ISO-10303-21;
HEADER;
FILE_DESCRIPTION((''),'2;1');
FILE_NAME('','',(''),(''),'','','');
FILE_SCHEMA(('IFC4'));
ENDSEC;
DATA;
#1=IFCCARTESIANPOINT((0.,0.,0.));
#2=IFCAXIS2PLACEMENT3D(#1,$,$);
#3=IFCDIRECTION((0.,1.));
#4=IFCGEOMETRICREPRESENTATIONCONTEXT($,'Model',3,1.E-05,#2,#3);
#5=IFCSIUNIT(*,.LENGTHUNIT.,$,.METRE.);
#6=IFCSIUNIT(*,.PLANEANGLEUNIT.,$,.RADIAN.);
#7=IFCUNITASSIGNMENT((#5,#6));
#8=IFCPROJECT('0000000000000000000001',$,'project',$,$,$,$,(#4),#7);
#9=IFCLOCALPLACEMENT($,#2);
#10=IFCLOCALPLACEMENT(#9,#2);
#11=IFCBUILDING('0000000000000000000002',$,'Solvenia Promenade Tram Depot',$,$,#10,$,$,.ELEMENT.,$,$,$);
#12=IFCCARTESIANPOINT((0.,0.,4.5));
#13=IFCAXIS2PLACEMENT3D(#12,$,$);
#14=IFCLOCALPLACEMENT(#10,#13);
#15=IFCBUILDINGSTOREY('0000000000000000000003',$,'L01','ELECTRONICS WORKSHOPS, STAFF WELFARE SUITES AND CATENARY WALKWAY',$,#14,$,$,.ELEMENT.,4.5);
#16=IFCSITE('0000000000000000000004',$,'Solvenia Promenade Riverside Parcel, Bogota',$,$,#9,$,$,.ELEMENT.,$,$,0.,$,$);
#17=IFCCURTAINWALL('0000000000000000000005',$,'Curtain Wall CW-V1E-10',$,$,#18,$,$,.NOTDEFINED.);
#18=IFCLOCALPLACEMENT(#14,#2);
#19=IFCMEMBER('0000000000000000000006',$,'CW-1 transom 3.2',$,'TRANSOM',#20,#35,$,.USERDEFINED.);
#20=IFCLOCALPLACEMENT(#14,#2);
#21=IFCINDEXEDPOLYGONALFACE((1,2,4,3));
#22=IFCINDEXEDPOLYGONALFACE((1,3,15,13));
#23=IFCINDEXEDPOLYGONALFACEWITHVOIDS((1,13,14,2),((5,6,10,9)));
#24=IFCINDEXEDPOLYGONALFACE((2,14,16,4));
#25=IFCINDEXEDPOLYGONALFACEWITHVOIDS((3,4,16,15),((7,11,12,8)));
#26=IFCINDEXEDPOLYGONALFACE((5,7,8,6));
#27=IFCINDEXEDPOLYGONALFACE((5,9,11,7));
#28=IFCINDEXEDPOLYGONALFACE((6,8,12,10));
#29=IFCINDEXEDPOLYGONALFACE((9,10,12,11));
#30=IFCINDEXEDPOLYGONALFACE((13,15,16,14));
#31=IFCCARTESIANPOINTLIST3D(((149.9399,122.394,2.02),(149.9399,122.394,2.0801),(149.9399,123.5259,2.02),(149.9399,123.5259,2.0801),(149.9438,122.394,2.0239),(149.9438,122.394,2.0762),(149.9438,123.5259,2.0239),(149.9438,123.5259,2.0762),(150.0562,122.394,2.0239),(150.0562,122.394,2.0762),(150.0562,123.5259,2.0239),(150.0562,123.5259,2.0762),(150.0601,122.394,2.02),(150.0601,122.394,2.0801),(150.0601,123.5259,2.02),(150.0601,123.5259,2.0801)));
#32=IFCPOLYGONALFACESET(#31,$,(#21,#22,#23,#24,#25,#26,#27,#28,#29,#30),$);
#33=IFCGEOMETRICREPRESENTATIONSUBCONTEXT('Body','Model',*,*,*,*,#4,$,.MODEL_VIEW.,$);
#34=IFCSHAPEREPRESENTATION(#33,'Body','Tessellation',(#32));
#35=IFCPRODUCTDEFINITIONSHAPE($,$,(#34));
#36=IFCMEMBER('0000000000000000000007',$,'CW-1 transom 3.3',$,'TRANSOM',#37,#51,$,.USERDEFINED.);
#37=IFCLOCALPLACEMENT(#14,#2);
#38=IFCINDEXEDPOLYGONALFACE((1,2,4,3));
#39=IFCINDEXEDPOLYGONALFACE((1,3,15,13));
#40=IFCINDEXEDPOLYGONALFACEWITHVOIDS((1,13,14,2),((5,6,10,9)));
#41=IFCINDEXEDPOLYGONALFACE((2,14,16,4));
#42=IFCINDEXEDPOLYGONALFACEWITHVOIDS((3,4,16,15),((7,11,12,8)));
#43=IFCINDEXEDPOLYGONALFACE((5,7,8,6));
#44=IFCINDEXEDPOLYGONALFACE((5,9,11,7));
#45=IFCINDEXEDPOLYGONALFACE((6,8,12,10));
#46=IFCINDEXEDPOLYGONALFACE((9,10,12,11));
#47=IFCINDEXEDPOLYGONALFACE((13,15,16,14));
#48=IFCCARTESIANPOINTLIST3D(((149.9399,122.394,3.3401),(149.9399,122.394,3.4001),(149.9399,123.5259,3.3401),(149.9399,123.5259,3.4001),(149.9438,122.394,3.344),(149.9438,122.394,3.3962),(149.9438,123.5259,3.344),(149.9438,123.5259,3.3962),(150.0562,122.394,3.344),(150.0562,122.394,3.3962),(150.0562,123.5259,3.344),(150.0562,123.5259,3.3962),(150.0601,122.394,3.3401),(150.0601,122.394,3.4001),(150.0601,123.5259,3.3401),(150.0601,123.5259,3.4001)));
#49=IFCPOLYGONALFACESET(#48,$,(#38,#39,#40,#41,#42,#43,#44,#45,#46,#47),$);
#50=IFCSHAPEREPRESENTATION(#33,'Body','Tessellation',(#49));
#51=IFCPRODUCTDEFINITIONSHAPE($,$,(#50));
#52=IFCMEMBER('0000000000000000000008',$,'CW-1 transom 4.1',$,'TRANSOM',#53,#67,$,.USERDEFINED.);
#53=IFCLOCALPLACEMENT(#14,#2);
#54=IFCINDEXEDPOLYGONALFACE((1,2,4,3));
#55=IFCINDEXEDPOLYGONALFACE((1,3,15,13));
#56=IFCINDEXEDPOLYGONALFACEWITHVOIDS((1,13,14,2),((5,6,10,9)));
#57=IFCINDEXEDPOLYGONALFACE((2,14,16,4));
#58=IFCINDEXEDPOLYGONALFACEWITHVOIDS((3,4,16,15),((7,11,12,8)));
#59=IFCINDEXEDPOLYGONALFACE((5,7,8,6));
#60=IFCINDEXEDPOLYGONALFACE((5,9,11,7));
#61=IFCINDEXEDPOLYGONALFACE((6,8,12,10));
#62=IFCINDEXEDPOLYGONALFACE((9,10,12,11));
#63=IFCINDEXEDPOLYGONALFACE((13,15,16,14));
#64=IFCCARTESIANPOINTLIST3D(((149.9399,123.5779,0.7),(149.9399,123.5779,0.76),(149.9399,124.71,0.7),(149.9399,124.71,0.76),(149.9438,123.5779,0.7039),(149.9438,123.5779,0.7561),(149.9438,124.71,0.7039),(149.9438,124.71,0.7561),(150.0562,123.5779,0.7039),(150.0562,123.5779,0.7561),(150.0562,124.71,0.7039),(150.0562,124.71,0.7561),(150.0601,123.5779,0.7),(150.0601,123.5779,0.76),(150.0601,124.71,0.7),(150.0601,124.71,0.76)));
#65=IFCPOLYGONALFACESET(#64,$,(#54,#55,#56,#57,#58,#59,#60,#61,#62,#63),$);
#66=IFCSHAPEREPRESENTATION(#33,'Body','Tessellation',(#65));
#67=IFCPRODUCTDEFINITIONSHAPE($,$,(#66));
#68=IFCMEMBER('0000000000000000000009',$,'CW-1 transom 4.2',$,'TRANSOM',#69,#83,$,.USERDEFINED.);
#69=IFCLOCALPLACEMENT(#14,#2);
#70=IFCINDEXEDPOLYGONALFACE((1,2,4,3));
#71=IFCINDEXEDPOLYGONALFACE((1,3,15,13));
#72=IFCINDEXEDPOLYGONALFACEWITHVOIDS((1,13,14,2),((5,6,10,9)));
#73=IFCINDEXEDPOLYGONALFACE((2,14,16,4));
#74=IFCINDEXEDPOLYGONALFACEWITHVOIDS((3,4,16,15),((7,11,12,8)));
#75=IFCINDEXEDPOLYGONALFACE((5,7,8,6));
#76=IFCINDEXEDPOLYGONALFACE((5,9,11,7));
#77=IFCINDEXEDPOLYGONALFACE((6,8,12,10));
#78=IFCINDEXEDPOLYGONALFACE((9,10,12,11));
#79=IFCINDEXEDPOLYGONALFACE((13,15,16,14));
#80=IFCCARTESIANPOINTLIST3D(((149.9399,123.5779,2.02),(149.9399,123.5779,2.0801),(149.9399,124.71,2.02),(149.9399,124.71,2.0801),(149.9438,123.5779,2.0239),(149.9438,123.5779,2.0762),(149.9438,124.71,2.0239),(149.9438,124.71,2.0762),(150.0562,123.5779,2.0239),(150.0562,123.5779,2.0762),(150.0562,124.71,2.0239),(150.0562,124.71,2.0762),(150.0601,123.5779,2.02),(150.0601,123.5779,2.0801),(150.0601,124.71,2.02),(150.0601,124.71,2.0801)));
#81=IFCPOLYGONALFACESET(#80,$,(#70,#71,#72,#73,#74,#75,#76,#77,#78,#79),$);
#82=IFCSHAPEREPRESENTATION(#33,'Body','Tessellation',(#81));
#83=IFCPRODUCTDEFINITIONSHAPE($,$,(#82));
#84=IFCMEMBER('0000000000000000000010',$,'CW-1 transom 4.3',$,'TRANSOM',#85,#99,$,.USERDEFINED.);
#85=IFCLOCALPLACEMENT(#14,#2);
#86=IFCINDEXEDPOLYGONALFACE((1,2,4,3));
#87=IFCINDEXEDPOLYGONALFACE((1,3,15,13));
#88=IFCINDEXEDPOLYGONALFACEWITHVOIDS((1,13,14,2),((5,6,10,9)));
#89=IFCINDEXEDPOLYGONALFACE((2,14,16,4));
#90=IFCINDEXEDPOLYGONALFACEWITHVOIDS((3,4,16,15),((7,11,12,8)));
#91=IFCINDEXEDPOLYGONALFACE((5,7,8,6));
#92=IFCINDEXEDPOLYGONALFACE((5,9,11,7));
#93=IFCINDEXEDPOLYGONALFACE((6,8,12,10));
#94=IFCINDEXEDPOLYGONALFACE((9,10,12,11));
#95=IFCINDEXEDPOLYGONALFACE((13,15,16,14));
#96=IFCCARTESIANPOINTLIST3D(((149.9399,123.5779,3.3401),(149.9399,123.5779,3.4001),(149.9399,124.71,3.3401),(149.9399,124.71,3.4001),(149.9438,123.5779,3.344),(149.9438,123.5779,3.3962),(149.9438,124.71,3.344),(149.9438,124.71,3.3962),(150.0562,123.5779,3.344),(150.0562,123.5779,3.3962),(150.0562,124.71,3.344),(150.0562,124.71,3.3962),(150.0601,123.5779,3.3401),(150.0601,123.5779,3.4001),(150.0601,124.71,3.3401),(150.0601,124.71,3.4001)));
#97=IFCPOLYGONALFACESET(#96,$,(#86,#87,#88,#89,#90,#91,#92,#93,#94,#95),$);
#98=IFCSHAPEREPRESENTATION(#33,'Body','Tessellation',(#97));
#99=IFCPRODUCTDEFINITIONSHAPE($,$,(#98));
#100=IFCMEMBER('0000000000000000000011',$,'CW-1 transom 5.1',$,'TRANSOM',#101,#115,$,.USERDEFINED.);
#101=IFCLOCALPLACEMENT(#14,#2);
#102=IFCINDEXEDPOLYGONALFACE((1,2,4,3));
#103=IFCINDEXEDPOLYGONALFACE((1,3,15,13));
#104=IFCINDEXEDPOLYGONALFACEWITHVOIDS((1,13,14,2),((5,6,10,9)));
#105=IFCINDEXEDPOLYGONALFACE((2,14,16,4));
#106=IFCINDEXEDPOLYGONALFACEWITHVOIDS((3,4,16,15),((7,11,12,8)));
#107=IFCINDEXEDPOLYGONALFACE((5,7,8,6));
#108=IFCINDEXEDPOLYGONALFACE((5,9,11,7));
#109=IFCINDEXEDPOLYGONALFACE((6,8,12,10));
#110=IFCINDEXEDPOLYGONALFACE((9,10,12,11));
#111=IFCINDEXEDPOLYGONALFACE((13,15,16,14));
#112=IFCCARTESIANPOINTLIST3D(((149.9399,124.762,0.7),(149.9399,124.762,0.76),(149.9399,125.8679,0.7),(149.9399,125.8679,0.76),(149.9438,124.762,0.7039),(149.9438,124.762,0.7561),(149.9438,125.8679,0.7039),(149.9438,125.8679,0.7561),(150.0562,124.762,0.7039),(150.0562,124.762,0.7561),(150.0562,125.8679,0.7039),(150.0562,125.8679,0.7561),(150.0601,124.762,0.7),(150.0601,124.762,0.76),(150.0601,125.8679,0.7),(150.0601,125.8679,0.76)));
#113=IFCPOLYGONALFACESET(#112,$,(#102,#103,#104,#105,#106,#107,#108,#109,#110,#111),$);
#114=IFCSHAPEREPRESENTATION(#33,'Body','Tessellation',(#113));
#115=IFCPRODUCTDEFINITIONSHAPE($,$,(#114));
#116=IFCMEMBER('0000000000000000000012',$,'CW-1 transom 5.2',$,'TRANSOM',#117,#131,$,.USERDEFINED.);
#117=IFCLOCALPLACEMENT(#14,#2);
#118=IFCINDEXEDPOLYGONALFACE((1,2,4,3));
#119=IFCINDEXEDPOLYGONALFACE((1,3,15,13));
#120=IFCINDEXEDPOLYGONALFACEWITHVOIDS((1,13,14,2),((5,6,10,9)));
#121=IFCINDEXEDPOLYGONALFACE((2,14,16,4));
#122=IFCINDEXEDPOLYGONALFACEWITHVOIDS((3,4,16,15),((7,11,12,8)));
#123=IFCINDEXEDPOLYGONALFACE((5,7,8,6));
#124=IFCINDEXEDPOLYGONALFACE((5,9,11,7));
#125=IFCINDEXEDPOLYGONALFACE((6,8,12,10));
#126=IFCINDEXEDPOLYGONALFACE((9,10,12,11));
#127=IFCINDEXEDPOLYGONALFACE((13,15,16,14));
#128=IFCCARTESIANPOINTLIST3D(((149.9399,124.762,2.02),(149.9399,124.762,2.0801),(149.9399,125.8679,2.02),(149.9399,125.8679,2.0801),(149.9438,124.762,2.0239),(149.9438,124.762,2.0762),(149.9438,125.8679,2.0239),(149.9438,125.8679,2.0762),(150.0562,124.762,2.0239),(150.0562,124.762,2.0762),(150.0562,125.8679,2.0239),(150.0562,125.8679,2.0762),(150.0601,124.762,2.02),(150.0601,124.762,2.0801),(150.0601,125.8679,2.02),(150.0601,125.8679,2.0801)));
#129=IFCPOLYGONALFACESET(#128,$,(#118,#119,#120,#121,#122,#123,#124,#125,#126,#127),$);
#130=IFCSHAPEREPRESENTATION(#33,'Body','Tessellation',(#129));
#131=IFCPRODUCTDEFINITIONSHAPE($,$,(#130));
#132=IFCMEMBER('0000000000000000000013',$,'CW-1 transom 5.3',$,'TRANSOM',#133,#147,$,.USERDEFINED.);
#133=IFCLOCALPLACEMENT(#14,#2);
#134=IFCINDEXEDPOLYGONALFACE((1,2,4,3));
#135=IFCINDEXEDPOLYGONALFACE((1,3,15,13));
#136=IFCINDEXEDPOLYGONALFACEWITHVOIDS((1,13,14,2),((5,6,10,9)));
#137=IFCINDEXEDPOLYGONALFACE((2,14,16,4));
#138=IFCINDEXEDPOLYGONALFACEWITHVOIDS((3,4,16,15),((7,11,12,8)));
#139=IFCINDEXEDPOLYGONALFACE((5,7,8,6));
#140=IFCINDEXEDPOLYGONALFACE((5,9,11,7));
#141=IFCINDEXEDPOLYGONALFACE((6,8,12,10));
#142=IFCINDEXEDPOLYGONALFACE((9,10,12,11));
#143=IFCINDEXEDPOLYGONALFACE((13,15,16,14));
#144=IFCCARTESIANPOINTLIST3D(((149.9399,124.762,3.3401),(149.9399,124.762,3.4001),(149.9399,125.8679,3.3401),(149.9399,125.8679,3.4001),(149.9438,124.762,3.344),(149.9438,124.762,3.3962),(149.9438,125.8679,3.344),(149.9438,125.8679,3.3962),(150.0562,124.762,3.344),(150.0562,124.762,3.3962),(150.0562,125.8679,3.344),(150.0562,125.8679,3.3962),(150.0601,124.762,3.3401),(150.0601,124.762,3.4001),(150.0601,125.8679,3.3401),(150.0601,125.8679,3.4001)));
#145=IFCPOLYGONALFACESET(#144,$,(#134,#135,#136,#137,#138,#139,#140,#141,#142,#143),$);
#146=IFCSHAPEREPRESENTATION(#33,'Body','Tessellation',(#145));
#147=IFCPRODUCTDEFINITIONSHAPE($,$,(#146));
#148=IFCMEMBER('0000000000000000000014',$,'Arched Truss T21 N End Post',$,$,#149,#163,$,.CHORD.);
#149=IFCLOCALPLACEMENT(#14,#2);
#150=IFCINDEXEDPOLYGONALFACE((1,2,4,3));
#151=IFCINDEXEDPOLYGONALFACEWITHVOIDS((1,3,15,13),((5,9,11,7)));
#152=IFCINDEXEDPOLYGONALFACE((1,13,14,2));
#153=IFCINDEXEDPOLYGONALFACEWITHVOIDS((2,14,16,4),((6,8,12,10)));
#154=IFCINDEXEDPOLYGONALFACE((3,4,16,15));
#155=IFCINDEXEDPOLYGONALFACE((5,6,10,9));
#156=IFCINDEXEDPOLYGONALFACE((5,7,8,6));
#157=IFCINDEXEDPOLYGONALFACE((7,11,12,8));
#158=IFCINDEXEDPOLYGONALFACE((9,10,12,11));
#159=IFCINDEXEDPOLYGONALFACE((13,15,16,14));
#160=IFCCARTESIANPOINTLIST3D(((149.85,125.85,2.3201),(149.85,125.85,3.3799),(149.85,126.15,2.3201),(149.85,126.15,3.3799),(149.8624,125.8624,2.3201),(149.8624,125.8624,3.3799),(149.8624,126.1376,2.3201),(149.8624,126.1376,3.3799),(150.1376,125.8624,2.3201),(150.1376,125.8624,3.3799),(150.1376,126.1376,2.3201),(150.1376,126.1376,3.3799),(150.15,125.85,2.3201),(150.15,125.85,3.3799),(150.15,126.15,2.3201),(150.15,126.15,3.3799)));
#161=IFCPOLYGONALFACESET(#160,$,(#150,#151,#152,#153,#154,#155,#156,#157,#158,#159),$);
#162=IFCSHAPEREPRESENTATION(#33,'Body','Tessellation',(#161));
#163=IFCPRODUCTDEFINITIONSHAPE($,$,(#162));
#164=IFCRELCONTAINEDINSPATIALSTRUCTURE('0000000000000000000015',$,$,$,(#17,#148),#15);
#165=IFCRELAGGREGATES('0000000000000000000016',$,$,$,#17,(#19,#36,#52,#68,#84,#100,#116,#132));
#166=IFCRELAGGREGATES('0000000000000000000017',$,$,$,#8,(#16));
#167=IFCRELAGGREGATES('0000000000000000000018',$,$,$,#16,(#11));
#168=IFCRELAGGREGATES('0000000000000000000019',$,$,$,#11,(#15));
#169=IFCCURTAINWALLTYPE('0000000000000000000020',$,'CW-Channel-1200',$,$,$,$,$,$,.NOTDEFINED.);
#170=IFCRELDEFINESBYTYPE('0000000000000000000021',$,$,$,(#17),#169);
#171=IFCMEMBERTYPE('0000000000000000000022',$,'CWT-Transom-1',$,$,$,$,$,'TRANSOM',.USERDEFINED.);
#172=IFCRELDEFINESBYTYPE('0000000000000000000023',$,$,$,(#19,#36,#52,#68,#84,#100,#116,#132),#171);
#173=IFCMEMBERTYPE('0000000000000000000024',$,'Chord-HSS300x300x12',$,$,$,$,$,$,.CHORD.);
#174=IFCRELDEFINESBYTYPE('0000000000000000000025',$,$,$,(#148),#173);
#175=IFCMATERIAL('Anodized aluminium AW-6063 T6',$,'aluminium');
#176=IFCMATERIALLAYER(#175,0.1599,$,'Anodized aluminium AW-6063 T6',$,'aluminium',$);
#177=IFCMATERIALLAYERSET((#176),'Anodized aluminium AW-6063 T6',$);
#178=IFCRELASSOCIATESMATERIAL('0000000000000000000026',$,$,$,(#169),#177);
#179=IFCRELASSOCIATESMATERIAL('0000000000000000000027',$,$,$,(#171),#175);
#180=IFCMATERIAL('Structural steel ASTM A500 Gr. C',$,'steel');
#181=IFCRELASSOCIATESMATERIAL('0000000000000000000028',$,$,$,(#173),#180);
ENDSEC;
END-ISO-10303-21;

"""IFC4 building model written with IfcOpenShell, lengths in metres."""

from ifc_helpers import new_model, si_unit, direction, frame, origin, origin_2d, place, context, subcontext, project, spatial, hollow_rectangle, extrude, material, layer, layer_set, material_profile, profile_set, type_object, element, aggregate, save


model = new_model("IFC4")

# Units and contexts
model_context = context("Model", 3, precision=1e-05, world=origin(), true_north=direction((0.0, 1.0)))
body_context = subcontext(model_context, "Body", "Model", "MODEL_VIEW")
ifc_project = project(units=[si_unit("LENGTHUNIT", "METRE"), si_unit("PLANEANGLEUNIT", "RADIAN")], contexts=[model_context])

# Site, building, storey
site_placement = place(None, origin())
site = spatial("IfcSite", under=ifc_project, at=site_placement, Name="Solvenia Promenade Riverside Parcel, Bogota", CompositionType="ELEMENT", RefElevation=0.0)
building_placement = place(site_placement, origin())
building = spatial("IfcBuilding", under=site, at=building_placement, Name="Solvenia Promenade Tram Depot", CompositionType="ELEMENT")
storey_placement = place(building_placement, frame((0.0, 0.0, 4.5)))
storey = spatial("IfcBuildingStorey", under=building, at=storey_placement, Name="L01", Description="ELECTRONICS WORKSHOPS, STAFF WELFARE SUITES AND CATENARY WALKWAY", CompositionType="ELEMENT", Elevation=4.5)

# Shared definitions
ifc_material_1 = material(Name="Structural steel ASTM A500 Gr. C", Category="steel")

# Curtain wall, members
ifc_material_2 = material(Name="Anodized aluminium AW-6063 T6", Category="aluminium")
ifc_layer_1 = layer(ifc_material_2, 0.1599, Name="Anodized aluminium AW-6063 T6", Category="aluminium")
ifc_layer_set_1 = layer_set([ifc_layer_1], Name="Anodized aluminium AW-6063 T6")
curtain_wall_type = type_object("IfcCurtainWallType", Name="CW-Channel-1200", PredefinedType="NOTDEFINED", material=ifc_layer_set_1)
curtain_wall_placement = place(storey_placement, origin())
curtain_wall = element("IfcCurtainWall", 1, at=curtain_wall_placement, inside=storey, type_object=curtain_wall_type, Name="Curtain Wall CW-V1E-10", PredefinedType="NOTDEFINED")
ifc_material_profile_1 = material_profile(ifc_material_2, hollow_rectangle(XDim=0.1201, YDim=0.0601, WallThickness=0.0039, at=origin_2d()), Name="ALU-T1", Category="aluminium")
ifc_profile_set_1 = profile_set([ifc_material_profile_1], Name="Anodized aluminium AW-6063 T6")
member_type_1 = type_object("IfcMemberType", Name="CWT-Transom-1", ElementType="TRANSOM", PredefinedType="USERDEFINED", material=ifc_profile_set_1)
member_1_placement = place(storey_placement, frame((150.0, 122.394, 2.05), z_axis=(0.0, 1.0, 0.0), x_axis=(-1.0, 0.0, 0.0)))
member_1 = element("IfcMember", 2, at=member_1_placement, type_object=member_type_1, Name="CW-1 transom 3.2", ObjectType="TRANSOM", PredefinedType="USERDEFINED", context=body_context, shape_type="SweptSolid", body=[
    extrude(hollow_rectangle(XDim=0.1201, YDim=0.0601, WallThickness=0.0039, at=origin_2d()), origin(), (0.0, 0.0, 1.0), 1.1318),
])
member_2_placement = place(storey_placement, frame((150.0, 122.394, 3.3701), z_axis=(0.0, 1.0, 0.0), x_axis=(-1.0, 0.0, 0.0)))
member_2 = element("IfcMember", 3, at=member_2_placement, type_object=member_type_1, Name="CW-1 transom 3.3", ObjectType="TRANSOM", PredefinedType="USERDEFINED", context=body_context, shape_type="SweptSolid", body=[
    extrude(hollow_rectangle(XDim=0.1201, YDim=0.0601, WallThickness=0.0039, at=origin_2d()), origin(), (0.0, 0.0, 1.0), 1.1318),
])
member_3_placement = place(storey_placement, frame((150.0, 123.5779, 0.73), z_axis=(0.0, 1.0, 0.0), x_axis=(-1.0, 0.0, 0.0)))
member_3 = element("IfcMember", 4, at=member_3_placement, type_object=member_type_1, Name="CW-1 transom 4.1", ObjectType="TRANSOM", PredefinedType="USERDEFINED", context=body_context, shape_type="SweptSolid", body=[
    extrude(hollow_rectangle(XDim=0.1201, YDim=0.0601, WallThickness=0.0039, at=origin_2d()), origin(), (0.0, 0.0, 1.0), 1.1321),
])
member_4_placement = place(storey_placement, frame((150.0, 123.5779, 2.05), z_axis=(0.0, 1.0, 0.0), x_axis=(-1.0, 0.0, 0.0)))
member_4 = element("IfcMember", 5, at=member_4_placement, type_object=member_type_1, Name="CW-1 transom 4.2", ObjectType="TRANSOM", PredefinedType="USERDEFINED", context=body_context, shape_type="SweptSolid", body=[
    extrude(hollow_rectangle(XDim=0.1201, YDim=0.0601, WallThickness=0.0039, at=origin_2d()), origin(), (0.0, 0.0, 1.0), 1.1321),
])
member_5_placement = place(storey_placement, frame((150.0, 123.5779, 3.3701), z_axis=(0.0, 1.0, 0.0), x_axis=(-1.0, 0.0, 0.0)))
member_5 = element("IfcMember", 6, at=member_5_placement, type_object=member_type_1, Name="CW-1 transom 4.3", ObjectType="TRANSOM", PredefinedType="USERDEFINED", context=body_context, shape_type="SweptSolid", body=[
    extrude(hollow_rectangle(XDim=0.1201, YDim=0.0601, WallThickness=0.0039, at=origin_2d()), origin(), (0.0, 0.0, 1.0), 1.1321),
])
member_6_placement = place(storey_placement, frame((150.0, 124.762, 0.73), z_axis=(0.0, 1.0, 0.0), x_axis=(-1.0, 0.0, 0.0)))
member_6 = element("IfcMember", 7, at=member_6_placement, type_object=member_type_1, Name="CW-1 transom 5.1", ObjectType="TRANSOM", PredefinedType="USERDEFINED", context=body_context, shape_type="SweptSolid", body=[
    extrude(hollow_rectangle(XDim=0.1201, YDim=0.0601, WallThickness=0.0039, at=origin_2d()), origin(), (0.0, 0.0, 1.0), 1.106),
])
member_7_placement = place(storey_placement, frame((150.0, 124.762, 2.05), z_axis=(0.0, 1.0, 0.0), x_axis=(-1.0, 0.0, 0.0)))
member_7 = element("IfcMember", 8, at=member_7_placement, type_object=member_type_1, Name="CW-1 transom 5.2", ObjectType="TRANSOM", PredefinedType="USERDEFINED", context=body_context, shape_type="SweptSolid", body=[
    extrude(hollow_rectangle(XDim=0.1201, YDim=0.0601, WallThickness=0.0039, at=origin_2d()), origin(), (0.0, 0.0, 1.0), 1.106),
])
member_8_placement = place(storey_placement, frame((150.0, 124.762, 3.3701), z_axis=(0.0, 1.0, 0.0), x_axis=(-1.0, 0.0, 0.0)))
member_8 = element("IfcMember", 9, at=member_8_placement, type_object=member_type_1, Name="CW-1 transom 5.3", ObjectType="TRANSOM", PredefinedType="USERDEFINED", context=body_context, shape_type="SweptSolid", body=[
    extrude(hollow_rectangle(XDim=0.1201, YDim=0.0601, WallThickness=0.0039, at=origin_2d()), origin(), (0.0, 0.0, 1.0), 1.106),
])

# Member
ifc_material_profile_2 = material_profile(ifc_material_1, hollow_rectangle(XDim=0.3, YDim=0.3, WallThickness=0.0125, at=origin_2d()), Name="HSS300x300x12.5", Category="steel")
ifc_profile_set_2 = profile_set([ifc_material_profile_2], Name="Structural steel ASTM A500 Gr. C")
member_type_2 = type_object("IfcMemberType", Name="Chord-HSS300x300x12", PredefinedType="CHORD", material=ifc_profile_set_2)
member_9_placement = place(storey_placement, frame((150.0, 126.0, 2.3201), z_axis=(0.0, 0.0, 1.0), x_axis=(1.0, 0.0, 0.0)))
element("IfcMember", 10, at=member_9_placement, inside=storey, type_object=member_type_2, Name="Arched Truss T21 N End Post", PredefinedType="CHORD", context=body_context, shape_type="SweptSolid", body=[
    extrude(hollow_rectangle(XDim=0.3, YDim=0.3, WallThickness=0.0125, at=origin_2d()), origin(), (0.0, 0.0, 1.0), 1.0598),
])

aggregate(curtain_wall, [member_1, member_2, member_3, member_4, member_5, member_6, member_7, member_8])

save(model, "model.ifc")
